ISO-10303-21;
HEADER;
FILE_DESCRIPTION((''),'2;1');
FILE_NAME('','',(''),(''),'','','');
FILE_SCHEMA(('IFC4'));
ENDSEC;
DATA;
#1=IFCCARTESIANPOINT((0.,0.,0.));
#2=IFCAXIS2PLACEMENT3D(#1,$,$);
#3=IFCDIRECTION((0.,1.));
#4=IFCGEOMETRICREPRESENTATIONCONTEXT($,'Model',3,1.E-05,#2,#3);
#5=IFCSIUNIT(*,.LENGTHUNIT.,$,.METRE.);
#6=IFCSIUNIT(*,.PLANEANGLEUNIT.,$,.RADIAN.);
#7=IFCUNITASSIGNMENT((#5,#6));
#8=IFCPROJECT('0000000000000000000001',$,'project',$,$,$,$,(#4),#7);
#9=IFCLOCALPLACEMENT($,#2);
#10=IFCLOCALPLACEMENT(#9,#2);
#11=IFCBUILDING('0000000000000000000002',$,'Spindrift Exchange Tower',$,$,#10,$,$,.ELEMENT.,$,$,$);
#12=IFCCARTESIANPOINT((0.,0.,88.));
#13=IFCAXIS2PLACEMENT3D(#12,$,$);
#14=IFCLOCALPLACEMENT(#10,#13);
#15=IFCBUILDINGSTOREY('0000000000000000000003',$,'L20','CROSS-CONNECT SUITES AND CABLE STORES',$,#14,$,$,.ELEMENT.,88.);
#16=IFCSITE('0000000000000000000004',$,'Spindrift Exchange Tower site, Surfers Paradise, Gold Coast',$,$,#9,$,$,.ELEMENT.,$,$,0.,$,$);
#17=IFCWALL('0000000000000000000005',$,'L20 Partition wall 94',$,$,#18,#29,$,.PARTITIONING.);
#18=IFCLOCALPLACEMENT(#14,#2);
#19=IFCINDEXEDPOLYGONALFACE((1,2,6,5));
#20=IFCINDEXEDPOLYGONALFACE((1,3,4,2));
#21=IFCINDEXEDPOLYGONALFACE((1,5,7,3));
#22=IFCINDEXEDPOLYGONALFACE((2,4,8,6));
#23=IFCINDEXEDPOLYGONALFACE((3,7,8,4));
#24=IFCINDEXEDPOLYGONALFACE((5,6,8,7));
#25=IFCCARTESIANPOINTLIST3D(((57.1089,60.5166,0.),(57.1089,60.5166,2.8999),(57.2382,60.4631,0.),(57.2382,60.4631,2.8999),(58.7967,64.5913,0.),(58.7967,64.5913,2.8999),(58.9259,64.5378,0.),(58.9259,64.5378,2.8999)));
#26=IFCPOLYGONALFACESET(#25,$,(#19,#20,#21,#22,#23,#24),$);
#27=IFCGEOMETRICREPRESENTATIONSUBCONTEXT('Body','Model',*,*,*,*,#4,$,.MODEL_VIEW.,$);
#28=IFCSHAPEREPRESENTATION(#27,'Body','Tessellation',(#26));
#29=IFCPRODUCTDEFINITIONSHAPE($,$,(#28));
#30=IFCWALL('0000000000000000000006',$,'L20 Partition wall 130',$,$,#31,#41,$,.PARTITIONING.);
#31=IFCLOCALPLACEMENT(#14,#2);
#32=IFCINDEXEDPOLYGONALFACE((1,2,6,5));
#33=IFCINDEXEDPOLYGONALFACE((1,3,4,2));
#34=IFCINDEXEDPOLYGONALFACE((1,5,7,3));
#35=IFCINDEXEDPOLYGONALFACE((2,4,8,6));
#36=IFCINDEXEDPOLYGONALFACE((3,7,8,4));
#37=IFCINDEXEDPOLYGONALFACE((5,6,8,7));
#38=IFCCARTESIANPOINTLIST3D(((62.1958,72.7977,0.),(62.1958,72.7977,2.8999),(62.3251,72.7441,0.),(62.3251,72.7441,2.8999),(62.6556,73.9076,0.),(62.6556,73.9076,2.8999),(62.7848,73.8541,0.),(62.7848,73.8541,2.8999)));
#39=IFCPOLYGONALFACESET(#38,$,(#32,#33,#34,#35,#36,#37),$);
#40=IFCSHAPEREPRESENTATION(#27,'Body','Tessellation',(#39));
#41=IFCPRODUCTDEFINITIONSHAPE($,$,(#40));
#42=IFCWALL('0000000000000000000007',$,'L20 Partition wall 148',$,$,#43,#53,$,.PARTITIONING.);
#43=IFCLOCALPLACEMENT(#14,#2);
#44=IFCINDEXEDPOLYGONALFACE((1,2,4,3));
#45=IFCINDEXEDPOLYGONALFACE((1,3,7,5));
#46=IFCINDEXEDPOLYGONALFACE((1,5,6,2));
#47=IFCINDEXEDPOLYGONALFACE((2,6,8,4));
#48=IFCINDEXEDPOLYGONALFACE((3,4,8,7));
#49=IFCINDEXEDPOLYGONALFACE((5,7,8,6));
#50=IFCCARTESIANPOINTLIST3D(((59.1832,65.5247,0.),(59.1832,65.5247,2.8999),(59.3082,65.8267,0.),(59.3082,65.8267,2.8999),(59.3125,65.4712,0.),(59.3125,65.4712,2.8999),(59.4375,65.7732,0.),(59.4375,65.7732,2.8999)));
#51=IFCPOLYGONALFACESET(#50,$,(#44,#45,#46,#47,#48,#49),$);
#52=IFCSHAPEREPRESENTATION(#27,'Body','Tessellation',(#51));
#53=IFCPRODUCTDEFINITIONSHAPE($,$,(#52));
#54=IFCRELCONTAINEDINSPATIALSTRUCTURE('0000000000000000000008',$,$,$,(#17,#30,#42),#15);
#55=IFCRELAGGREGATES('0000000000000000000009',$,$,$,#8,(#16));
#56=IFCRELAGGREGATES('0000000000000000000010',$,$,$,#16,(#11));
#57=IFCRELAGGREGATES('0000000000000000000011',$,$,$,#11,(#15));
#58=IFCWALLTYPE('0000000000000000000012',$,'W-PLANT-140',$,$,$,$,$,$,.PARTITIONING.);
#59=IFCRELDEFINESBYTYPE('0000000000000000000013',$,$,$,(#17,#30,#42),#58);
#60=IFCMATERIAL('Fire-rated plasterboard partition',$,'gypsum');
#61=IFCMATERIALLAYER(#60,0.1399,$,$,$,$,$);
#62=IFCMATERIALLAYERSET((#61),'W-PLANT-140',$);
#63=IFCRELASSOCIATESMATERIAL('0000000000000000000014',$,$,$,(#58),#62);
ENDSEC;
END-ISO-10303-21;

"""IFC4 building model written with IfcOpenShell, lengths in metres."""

from ifc_helpers import new_model, si_unit, direction, frame, frame_2d, origin, place, context, subcontext, project, spatial, rectangle, extrude, material, layer, layer_set, type_object, element, save


model = new_model("IFC4")

# Units and contexts
model_context = context("Model", 3, precision=1e-05, world=origin(), true_north=direction((0.0, 1.0)))
body_context = subcontext(model_context, "Body", "Model", "MODEL_VIEW")
ifc_project = project(units=[si_unit("LENGTHUNIT", "METRE"), si_unit("PLANEANGLEUNIT", "RADIAN")], contexts=[model_context])

# Site, building, storey
site_placement = place(None, origin())
site = spatial("IfcSite", under=ifc_project, at=site_placement, Name="Spindrift Exchange Tower site, Surfers Paradise, Gold Coast", CompositionType="ELEMENT", RefElevation=0.0)
building_placement = place(site_placement, origin())
building = spatial("IfcBuilding", under=site, at=building_placement, Name="Spindrift Exchange Tower", CompositionType="ELEMENT")
storey_placement = place(building_placement, frame((0.0, 0.0, 88.0)))
storey = spatial("IfcBuildingStorey", under=building, at=storey_placement, Name="L20", Description="CROSS-CONNECT SUITES AND CABLE STORES", CompositionType="ELEMENT", Elevation=88.0)

# Walls
ifc_material_1 = material(Name="Fire-rated plasterboard partition", Category="gypsum")
ifc_layer_1 = layer(ifc_material_1, 0.1399)
ifc_layer_set_1 = layer_set([ifc_layer_1], Name="W-PLANT-140")
wall_type = type_object("IfcWallType", Name="W-PLANT-140", PredefinedType="PARTITIONING", material=ifc_layer_set_1)
wall_1_placement = place(storey_placement, frame((57.1736, 60.49, 0.0), z_axis=(0.0, 0.0, 1.0), x_axis=(0.382673, 0.923884, 0.0)))
element("IfcWall", 1, at=wall_1_placement, inside=storey, type_object=wall_type, Name="L20 Partition wall 94", PredefinedType="PARTITIONING", context=body_context, shape_type="SweptSolid", body=[
    extrude(rectangle(XDim=4.4104, YDim=0.1399, at=frame_2d((2.2051, 0.0))), origin(), (0.0, 0.0, 1.0), 2.8999),
])
wall_2_placement = place(storey_placement, frame((62.2605, 72.771, 0.0), z_axis=(0.0, 0.0, 1.0), x_axis=(0.382681, 0.923881, 0.0)))
element("IfcWall", 2, at=wall_2_placement, inside=storey, type_object=wall_type, Name="L20 Partition wall 130", PredefinedType="PARTITIONING", context=body_context, shape_type="SweptSolid", body=[
    extrude(rectangle(XDim=1.2014, YDim=0.1399, at=frame_2d((0.6006, 0.0))), origin(), (0.0, 0.0, 1.0), 2.8999),
])
wall_3_placement = place(storey_placement, frame((59.2478, 65.4978, 0.0), z_axis=(0.0, 0.0, 1.0), x_axis=(0.38244, 0.92398, 0.0)))
element("IfcWall", 3, at=wall_3_placement, inside=storey, type_object=wall_type, Name="L20 Partition wall 148", PredefinedType="PARTITIONING", context=body_context, shape_type="SweptSolid", body=[
    extrude(rectangle(XDim=0.3269, YDim=0.1399, at=frame_2d((0.1636, 0.0))), origin(), (0.0, 0.0, 1.0), 2.8999),
])

save(model, "model.ifc")
